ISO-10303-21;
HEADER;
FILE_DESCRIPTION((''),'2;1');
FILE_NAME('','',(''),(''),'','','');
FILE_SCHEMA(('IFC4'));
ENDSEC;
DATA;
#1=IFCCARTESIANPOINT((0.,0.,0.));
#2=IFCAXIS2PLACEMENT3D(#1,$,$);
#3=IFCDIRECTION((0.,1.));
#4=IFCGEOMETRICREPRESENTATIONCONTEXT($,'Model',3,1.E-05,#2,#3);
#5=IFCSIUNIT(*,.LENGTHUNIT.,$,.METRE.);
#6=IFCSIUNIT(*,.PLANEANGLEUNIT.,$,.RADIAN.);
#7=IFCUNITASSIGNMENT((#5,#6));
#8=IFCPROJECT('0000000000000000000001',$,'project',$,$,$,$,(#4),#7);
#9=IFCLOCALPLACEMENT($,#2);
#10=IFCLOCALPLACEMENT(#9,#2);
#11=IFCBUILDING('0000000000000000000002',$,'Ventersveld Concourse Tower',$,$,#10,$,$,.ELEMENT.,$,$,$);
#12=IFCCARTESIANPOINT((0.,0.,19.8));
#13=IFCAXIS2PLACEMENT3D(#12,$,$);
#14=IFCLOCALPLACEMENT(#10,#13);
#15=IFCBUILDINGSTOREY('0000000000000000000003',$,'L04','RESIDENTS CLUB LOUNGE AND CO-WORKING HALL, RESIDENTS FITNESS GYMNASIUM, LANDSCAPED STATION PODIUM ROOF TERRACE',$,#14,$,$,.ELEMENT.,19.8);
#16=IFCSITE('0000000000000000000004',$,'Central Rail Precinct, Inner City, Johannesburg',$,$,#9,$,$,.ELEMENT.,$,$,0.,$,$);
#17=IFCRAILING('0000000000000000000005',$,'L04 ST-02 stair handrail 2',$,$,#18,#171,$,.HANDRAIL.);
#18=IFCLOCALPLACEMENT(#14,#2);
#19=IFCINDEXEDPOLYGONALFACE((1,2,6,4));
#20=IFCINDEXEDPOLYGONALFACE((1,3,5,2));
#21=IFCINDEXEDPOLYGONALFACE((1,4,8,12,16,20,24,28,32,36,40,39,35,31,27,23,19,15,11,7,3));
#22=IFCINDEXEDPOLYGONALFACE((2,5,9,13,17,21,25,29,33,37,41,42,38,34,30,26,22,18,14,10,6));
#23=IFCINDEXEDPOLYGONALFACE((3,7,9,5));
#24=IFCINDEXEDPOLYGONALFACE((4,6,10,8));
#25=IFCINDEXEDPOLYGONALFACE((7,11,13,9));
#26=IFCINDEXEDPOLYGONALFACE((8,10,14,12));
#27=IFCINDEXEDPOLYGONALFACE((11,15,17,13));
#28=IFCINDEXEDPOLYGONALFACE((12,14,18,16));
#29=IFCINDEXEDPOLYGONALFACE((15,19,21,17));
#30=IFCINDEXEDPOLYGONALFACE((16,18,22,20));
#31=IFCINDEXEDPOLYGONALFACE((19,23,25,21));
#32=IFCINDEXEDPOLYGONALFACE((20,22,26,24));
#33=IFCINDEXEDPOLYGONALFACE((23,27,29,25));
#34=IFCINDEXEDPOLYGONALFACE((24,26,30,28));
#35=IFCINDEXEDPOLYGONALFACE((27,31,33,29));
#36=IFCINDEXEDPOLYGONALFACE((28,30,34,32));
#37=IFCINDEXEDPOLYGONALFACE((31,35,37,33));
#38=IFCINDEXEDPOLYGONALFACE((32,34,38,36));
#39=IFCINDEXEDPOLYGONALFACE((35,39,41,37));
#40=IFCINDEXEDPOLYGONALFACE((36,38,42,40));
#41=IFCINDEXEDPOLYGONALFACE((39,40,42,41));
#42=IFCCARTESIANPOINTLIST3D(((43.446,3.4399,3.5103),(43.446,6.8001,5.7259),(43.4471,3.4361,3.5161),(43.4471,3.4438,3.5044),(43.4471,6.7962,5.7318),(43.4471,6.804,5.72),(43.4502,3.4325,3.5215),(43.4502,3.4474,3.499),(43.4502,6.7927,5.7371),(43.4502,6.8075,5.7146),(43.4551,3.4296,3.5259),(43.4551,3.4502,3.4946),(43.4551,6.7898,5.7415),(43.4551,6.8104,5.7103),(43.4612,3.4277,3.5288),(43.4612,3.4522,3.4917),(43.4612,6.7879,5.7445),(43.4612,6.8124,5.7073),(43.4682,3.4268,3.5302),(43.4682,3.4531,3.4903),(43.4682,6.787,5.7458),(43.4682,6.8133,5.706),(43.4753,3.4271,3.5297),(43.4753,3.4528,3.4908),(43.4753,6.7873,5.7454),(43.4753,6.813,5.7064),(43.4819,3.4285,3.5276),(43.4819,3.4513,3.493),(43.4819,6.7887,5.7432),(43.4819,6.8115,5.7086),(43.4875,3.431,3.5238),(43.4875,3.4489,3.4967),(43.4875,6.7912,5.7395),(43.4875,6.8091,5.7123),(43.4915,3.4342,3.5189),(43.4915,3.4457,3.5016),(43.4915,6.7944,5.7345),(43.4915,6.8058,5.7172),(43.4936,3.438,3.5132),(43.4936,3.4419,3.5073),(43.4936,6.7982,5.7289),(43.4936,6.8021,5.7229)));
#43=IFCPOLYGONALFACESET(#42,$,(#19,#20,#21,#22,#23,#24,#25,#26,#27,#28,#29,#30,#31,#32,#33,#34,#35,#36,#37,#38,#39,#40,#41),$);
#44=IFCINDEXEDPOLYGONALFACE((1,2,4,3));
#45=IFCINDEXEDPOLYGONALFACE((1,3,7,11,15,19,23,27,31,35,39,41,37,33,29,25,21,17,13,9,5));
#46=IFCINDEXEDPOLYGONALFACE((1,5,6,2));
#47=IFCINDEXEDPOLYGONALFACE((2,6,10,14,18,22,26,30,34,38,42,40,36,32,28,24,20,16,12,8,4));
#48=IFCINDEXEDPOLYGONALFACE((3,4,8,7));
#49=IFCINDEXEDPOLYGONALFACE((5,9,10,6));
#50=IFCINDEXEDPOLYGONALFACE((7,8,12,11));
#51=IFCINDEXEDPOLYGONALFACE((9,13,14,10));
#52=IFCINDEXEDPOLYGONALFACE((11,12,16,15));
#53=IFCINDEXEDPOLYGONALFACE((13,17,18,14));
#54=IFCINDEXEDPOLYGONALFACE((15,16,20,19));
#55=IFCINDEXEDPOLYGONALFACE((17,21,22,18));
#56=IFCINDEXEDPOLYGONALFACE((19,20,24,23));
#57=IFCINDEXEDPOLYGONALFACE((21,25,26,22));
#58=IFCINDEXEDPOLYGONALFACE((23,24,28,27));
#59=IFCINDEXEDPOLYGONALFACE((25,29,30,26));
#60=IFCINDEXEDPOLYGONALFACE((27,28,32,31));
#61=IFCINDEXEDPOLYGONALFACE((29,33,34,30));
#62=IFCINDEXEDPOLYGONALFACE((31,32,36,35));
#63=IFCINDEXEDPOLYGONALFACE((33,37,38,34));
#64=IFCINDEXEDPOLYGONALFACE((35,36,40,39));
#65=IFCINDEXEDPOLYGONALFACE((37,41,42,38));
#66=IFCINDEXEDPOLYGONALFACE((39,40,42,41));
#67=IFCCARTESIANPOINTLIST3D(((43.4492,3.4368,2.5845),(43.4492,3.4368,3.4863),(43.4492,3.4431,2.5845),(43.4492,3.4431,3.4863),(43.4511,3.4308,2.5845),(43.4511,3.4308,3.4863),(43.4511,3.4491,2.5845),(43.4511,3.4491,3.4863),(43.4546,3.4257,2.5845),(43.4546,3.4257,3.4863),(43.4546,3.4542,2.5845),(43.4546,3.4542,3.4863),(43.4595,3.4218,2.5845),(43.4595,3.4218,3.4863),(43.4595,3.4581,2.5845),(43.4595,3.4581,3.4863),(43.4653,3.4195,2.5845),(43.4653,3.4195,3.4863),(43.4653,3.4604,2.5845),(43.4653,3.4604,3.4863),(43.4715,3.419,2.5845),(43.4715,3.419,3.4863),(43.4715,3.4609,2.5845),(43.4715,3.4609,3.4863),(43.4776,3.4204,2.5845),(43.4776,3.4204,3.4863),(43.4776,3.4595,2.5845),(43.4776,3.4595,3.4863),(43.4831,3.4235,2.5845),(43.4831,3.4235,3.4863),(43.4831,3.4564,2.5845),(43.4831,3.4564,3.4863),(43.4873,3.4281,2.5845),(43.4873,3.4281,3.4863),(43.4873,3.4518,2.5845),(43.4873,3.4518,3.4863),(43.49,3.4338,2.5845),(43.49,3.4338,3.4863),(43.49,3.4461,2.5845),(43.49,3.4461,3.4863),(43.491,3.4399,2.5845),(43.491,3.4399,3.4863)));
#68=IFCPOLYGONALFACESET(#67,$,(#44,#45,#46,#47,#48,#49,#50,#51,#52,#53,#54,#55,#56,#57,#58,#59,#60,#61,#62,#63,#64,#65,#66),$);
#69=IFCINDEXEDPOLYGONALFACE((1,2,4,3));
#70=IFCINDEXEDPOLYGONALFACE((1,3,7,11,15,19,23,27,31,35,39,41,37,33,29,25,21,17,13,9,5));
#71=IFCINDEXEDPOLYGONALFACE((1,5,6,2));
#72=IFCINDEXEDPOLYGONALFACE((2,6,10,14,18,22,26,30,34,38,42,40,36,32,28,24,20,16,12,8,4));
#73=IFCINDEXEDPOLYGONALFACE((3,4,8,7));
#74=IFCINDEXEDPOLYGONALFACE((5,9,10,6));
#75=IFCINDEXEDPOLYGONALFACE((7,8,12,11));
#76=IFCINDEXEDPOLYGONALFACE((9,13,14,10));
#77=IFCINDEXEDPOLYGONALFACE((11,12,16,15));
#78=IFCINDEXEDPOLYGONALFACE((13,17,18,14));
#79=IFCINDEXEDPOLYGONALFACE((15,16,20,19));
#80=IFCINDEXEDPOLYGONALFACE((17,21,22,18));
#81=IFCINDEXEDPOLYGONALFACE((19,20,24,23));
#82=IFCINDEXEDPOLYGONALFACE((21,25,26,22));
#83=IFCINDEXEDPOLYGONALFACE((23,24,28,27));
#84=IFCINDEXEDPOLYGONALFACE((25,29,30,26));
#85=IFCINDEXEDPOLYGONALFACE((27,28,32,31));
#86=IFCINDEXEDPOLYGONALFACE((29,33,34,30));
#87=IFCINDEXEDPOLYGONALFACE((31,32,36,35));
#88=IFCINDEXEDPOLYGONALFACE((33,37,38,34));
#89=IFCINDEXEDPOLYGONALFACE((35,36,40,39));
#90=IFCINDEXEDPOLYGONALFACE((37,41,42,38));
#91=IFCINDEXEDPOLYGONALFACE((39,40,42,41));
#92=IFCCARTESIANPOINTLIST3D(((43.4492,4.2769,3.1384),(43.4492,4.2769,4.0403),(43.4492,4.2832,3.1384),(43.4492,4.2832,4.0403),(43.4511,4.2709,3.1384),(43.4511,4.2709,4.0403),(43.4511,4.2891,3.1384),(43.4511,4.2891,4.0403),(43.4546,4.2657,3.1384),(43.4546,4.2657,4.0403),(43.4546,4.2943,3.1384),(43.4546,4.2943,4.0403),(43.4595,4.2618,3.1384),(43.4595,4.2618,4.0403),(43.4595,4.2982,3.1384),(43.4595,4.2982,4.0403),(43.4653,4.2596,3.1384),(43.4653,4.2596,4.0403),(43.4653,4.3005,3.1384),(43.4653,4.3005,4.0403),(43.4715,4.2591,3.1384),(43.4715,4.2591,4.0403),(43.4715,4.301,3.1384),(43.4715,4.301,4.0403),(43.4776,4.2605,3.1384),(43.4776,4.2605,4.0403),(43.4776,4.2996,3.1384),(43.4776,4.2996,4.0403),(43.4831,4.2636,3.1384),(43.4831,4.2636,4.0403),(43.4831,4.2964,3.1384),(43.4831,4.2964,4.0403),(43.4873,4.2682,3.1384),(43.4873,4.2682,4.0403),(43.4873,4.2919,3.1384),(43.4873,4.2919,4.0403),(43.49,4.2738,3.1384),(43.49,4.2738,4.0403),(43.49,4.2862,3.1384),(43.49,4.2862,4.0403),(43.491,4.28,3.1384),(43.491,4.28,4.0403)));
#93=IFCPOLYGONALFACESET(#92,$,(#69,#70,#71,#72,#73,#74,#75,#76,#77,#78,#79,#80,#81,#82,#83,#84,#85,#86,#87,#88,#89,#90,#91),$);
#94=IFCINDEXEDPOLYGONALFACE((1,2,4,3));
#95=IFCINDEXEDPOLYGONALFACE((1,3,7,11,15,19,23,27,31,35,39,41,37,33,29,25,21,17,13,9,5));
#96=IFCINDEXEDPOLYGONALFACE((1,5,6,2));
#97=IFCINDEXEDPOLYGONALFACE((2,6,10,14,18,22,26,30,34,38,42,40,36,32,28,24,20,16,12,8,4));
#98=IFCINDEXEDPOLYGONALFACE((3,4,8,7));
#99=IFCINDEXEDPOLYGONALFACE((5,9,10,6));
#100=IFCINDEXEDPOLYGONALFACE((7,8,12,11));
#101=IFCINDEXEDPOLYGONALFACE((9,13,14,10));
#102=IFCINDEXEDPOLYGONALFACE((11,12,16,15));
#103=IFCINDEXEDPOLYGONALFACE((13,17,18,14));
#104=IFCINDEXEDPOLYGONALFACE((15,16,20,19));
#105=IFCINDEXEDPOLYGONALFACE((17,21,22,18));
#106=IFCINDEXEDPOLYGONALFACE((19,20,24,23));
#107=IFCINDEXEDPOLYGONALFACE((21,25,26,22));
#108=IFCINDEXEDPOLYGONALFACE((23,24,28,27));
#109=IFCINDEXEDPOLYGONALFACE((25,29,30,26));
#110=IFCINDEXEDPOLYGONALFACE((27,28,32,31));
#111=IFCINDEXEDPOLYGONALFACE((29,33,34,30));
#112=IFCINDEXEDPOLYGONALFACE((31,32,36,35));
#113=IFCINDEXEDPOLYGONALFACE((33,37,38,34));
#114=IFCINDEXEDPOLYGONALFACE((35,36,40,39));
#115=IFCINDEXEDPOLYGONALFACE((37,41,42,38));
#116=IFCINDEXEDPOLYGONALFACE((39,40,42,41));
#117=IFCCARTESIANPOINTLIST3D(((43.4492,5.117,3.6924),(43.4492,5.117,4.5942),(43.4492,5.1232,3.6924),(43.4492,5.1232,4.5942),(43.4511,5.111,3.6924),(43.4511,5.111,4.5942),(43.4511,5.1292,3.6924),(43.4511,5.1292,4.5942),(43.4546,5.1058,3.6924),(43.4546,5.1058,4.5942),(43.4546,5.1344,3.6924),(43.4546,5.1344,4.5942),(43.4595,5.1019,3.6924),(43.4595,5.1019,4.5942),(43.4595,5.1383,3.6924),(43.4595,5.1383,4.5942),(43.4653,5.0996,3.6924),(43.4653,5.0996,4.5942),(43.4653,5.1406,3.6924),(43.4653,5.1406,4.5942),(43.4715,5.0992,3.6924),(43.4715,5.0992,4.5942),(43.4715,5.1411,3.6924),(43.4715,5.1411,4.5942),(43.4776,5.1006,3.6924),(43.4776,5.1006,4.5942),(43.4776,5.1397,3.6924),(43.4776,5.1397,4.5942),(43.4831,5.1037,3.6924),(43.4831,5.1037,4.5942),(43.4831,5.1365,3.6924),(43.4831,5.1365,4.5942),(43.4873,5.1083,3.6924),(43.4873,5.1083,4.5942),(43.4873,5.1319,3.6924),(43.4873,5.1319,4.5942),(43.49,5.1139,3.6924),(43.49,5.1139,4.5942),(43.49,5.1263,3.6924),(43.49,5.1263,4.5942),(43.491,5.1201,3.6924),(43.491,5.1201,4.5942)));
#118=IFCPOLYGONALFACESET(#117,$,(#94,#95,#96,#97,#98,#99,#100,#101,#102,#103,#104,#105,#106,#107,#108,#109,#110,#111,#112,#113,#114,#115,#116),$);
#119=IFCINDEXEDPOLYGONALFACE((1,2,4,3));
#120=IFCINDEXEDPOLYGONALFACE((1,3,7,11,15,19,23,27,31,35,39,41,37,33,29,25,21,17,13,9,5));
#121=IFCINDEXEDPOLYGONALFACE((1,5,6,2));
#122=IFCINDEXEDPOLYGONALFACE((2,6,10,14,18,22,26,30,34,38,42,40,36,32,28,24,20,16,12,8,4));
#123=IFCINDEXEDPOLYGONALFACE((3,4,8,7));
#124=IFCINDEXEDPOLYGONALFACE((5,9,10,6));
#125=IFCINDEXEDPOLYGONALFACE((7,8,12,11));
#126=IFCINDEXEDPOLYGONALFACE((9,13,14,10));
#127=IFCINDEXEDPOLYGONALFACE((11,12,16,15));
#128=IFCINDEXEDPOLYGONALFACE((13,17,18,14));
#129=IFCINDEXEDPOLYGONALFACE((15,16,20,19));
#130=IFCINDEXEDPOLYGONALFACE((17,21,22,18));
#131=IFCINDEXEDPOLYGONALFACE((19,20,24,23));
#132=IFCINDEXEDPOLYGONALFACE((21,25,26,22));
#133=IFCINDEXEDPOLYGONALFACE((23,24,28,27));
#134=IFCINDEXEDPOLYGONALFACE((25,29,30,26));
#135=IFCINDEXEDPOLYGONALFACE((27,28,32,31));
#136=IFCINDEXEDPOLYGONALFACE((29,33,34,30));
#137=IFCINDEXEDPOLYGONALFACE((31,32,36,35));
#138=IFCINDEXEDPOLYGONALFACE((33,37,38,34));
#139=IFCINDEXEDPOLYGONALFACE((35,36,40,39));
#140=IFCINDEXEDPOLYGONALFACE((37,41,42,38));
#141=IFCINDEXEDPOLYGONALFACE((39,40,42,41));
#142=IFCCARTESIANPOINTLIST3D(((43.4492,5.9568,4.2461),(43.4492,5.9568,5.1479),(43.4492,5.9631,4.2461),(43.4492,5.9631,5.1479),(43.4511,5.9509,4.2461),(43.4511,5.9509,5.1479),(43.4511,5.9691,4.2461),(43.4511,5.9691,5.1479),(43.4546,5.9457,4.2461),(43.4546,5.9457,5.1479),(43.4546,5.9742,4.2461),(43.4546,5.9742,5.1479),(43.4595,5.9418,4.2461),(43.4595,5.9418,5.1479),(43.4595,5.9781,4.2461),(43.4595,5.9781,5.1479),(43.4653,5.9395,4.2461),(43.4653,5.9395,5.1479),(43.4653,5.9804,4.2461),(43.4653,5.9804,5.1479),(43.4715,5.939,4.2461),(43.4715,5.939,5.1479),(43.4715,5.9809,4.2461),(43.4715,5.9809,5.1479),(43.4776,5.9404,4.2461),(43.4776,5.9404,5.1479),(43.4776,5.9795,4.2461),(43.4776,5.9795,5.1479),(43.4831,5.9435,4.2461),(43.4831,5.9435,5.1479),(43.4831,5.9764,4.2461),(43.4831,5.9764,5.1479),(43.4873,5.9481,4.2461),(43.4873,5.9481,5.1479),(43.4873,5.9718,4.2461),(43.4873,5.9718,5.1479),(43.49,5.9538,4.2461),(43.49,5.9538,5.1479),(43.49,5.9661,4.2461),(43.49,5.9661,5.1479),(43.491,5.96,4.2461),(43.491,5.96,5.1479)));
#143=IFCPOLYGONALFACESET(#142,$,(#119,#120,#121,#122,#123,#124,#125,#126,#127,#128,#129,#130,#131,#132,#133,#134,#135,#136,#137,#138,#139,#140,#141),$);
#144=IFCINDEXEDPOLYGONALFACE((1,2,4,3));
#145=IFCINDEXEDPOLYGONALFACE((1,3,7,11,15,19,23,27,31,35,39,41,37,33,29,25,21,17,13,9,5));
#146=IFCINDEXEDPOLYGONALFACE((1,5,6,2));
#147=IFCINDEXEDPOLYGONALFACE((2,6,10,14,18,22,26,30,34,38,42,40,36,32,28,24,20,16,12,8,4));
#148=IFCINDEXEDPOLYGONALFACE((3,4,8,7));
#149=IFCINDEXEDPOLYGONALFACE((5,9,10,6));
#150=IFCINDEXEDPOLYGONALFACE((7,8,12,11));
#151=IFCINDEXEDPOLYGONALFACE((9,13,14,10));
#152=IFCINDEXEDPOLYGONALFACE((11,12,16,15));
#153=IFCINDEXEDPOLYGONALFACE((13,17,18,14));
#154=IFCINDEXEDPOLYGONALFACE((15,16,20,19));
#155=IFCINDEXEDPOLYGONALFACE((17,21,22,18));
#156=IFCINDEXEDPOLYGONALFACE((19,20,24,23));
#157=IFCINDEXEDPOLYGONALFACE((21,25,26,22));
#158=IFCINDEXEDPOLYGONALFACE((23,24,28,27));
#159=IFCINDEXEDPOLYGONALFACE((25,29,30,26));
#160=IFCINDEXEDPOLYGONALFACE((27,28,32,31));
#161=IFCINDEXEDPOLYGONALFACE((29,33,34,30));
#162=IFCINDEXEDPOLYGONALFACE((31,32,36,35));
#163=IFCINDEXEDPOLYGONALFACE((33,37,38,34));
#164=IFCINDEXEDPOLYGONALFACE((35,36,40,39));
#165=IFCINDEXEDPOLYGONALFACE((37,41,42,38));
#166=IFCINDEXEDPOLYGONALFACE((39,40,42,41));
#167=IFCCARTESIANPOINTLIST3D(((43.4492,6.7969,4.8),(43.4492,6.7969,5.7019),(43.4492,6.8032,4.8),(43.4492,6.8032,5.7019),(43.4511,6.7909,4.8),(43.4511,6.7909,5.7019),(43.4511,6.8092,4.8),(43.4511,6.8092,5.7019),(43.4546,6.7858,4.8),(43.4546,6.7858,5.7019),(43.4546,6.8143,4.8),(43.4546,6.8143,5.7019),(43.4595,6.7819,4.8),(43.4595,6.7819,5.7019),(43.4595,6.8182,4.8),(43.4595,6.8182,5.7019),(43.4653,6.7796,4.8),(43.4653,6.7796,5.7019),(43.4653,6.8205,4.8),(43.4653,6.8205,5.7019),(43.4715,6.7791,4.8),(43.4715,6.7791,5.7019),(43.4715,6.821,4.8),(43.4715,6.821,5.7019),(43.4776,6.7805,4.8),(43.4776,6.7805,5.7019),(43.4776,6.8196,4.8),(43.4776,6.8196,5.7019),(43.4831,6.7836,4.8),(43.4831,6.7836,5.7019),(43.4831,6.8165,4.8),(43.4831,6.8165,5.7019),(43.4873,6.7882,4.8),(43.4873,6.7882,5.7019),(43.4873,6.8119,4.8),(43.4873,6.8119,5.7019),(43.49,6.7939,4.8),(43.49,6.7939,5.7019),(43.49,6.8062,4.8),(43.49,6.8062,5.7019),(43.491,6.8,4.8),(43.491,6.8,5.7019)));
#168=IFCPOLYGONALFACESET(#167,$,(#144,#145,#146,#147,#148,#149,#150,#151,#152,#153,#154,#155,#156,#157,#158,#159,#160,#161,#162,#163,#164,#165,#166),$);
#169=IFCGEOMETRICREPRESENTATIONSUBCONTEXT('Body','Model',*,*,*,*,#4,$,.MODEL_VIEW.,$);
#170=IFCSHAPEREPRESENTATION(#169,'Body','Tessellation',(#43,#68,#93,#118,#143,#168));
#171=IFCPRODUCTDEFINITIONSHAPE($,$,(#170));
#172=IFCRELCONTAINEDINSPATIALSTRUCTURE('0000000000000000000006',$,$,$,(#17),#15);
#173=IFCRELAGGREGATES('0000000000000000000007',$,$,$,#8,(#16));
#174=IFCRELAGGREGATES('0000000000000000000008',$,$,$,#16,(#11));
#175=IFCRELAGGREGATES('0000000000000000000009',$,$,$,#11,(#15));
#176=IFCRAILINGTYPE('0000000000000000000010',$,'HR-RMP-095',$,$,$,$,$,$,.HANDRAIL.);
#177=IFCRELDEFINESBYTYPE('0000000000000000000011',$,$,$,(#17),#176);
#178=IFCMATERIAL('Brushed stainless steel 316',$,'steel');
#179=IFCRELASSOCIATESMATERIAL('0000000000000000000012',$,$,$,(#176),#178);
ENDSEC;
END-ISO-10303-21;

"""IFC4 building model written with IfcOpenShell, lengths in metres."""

from ifc_helpers import new_model, si_unit, direction, frame, origin, origin_2d, place, context, subcontext, project, spatial, circle, extrude, material, type_object, element, save


model = new_model("IFC4")

# Units and contexts
model_context = context("Model", 3, precision=1e-05, world=origin(), true_north=direction((0.0, 1.0)))
body_context = subcontext(model_context, "Body", "Model", "MODEL_VIEW")
ifc_project = project(units=[si_unit("LENGTHUNIT", "METRE"), si_unit("PLANEANGLEUNIT", "RADIAN")], contexts=[model_context])

# Site, building, storey
site_placement = place(None, origin())
site = spatial("IfcSite", under=ifc_project, at=site_placement, Name="Central Rail Precinct, Inner City, Johannesburg", CompositionType="ELEMENT", RefElevation=0.0)
building_placement = place(site_placement, origin())
building = spatial("IfcBuilding", under=site, at=building_placement, Name="Ventersveld Concourse Tower", CompositionType="ELEMENT")
storey_placement = place(building_placement, frame((0.0, 0.0, 19.8)))
storey = spatial("IfcBuildingStorey", under=building, at=storey_placement, Name="L04", Description="RESIDENTS CLUB LOUNGE AND CO-WORKING HALL, RESIDENTS FITNESS GYMNASIUM, LANDSCAPED STATION PODIUM ROOF TERRACE", CompositionType="ELEMENT", Elevation=19.8)

# Railing
ifc_material_1 = material(Name="Brushed stainless steel 316", Category="steel")
railing_type_1 = type_object("IfcRailingType", Name="HR-RMP-095", PredefinedType="HANDRAIL", material=ifc_material_1)
railing_1_placement = place(storey_placement, frame((43.47, 3.4399, 2.5845)))
element("IfcRailing", 1, at=railing_1_placement, inside=storey, type_object=railing_type_1, Name="L04 ST-02 stair handrail 2", PredefinedType="HANDRAIL", context=body_context, shape_type="SweptSolid", body=[
    extrude(circle(Radius=0.0239, at=origin_2d()), frame((0.0, 0.0, 0.9258), z_axis=(0.0, 0.834849, 0.55048), x_axis=(-1.0, 0.0, 0.0)), (0.0, 0.0, 1.0), 4.0249),
    extrude(circle(Radius=0.021, at=origin_2d()), origin(), (0.0, 0.0, 1.0), 0.9019),
    extrude(circle(Radius=0.021, at=origin_2d()), frame((0.0, 0.8401, 0.554)), (0.0, 0.0, 1.0), 0.9019),
    extrude(circle(Radius=0.021, at=origin_2d()), frame((0.0, 1.6802, 1.1079)), (0.0, 0.0, 1.0), 0.9019),
    extrude(circle(Radius=0.021, at=origin_2d()), frame((0.0, 2.52, 1.6616)), (0.0, 0.0, 1.0), 0.9019),
    extrude(circle(Radius=0.021, at=origin_2d()), frame((0.0, 3.3601, 2.2156)), (0.0, 0.0, 1.0), 0.9019),
])

save(model, "model.ifc")
